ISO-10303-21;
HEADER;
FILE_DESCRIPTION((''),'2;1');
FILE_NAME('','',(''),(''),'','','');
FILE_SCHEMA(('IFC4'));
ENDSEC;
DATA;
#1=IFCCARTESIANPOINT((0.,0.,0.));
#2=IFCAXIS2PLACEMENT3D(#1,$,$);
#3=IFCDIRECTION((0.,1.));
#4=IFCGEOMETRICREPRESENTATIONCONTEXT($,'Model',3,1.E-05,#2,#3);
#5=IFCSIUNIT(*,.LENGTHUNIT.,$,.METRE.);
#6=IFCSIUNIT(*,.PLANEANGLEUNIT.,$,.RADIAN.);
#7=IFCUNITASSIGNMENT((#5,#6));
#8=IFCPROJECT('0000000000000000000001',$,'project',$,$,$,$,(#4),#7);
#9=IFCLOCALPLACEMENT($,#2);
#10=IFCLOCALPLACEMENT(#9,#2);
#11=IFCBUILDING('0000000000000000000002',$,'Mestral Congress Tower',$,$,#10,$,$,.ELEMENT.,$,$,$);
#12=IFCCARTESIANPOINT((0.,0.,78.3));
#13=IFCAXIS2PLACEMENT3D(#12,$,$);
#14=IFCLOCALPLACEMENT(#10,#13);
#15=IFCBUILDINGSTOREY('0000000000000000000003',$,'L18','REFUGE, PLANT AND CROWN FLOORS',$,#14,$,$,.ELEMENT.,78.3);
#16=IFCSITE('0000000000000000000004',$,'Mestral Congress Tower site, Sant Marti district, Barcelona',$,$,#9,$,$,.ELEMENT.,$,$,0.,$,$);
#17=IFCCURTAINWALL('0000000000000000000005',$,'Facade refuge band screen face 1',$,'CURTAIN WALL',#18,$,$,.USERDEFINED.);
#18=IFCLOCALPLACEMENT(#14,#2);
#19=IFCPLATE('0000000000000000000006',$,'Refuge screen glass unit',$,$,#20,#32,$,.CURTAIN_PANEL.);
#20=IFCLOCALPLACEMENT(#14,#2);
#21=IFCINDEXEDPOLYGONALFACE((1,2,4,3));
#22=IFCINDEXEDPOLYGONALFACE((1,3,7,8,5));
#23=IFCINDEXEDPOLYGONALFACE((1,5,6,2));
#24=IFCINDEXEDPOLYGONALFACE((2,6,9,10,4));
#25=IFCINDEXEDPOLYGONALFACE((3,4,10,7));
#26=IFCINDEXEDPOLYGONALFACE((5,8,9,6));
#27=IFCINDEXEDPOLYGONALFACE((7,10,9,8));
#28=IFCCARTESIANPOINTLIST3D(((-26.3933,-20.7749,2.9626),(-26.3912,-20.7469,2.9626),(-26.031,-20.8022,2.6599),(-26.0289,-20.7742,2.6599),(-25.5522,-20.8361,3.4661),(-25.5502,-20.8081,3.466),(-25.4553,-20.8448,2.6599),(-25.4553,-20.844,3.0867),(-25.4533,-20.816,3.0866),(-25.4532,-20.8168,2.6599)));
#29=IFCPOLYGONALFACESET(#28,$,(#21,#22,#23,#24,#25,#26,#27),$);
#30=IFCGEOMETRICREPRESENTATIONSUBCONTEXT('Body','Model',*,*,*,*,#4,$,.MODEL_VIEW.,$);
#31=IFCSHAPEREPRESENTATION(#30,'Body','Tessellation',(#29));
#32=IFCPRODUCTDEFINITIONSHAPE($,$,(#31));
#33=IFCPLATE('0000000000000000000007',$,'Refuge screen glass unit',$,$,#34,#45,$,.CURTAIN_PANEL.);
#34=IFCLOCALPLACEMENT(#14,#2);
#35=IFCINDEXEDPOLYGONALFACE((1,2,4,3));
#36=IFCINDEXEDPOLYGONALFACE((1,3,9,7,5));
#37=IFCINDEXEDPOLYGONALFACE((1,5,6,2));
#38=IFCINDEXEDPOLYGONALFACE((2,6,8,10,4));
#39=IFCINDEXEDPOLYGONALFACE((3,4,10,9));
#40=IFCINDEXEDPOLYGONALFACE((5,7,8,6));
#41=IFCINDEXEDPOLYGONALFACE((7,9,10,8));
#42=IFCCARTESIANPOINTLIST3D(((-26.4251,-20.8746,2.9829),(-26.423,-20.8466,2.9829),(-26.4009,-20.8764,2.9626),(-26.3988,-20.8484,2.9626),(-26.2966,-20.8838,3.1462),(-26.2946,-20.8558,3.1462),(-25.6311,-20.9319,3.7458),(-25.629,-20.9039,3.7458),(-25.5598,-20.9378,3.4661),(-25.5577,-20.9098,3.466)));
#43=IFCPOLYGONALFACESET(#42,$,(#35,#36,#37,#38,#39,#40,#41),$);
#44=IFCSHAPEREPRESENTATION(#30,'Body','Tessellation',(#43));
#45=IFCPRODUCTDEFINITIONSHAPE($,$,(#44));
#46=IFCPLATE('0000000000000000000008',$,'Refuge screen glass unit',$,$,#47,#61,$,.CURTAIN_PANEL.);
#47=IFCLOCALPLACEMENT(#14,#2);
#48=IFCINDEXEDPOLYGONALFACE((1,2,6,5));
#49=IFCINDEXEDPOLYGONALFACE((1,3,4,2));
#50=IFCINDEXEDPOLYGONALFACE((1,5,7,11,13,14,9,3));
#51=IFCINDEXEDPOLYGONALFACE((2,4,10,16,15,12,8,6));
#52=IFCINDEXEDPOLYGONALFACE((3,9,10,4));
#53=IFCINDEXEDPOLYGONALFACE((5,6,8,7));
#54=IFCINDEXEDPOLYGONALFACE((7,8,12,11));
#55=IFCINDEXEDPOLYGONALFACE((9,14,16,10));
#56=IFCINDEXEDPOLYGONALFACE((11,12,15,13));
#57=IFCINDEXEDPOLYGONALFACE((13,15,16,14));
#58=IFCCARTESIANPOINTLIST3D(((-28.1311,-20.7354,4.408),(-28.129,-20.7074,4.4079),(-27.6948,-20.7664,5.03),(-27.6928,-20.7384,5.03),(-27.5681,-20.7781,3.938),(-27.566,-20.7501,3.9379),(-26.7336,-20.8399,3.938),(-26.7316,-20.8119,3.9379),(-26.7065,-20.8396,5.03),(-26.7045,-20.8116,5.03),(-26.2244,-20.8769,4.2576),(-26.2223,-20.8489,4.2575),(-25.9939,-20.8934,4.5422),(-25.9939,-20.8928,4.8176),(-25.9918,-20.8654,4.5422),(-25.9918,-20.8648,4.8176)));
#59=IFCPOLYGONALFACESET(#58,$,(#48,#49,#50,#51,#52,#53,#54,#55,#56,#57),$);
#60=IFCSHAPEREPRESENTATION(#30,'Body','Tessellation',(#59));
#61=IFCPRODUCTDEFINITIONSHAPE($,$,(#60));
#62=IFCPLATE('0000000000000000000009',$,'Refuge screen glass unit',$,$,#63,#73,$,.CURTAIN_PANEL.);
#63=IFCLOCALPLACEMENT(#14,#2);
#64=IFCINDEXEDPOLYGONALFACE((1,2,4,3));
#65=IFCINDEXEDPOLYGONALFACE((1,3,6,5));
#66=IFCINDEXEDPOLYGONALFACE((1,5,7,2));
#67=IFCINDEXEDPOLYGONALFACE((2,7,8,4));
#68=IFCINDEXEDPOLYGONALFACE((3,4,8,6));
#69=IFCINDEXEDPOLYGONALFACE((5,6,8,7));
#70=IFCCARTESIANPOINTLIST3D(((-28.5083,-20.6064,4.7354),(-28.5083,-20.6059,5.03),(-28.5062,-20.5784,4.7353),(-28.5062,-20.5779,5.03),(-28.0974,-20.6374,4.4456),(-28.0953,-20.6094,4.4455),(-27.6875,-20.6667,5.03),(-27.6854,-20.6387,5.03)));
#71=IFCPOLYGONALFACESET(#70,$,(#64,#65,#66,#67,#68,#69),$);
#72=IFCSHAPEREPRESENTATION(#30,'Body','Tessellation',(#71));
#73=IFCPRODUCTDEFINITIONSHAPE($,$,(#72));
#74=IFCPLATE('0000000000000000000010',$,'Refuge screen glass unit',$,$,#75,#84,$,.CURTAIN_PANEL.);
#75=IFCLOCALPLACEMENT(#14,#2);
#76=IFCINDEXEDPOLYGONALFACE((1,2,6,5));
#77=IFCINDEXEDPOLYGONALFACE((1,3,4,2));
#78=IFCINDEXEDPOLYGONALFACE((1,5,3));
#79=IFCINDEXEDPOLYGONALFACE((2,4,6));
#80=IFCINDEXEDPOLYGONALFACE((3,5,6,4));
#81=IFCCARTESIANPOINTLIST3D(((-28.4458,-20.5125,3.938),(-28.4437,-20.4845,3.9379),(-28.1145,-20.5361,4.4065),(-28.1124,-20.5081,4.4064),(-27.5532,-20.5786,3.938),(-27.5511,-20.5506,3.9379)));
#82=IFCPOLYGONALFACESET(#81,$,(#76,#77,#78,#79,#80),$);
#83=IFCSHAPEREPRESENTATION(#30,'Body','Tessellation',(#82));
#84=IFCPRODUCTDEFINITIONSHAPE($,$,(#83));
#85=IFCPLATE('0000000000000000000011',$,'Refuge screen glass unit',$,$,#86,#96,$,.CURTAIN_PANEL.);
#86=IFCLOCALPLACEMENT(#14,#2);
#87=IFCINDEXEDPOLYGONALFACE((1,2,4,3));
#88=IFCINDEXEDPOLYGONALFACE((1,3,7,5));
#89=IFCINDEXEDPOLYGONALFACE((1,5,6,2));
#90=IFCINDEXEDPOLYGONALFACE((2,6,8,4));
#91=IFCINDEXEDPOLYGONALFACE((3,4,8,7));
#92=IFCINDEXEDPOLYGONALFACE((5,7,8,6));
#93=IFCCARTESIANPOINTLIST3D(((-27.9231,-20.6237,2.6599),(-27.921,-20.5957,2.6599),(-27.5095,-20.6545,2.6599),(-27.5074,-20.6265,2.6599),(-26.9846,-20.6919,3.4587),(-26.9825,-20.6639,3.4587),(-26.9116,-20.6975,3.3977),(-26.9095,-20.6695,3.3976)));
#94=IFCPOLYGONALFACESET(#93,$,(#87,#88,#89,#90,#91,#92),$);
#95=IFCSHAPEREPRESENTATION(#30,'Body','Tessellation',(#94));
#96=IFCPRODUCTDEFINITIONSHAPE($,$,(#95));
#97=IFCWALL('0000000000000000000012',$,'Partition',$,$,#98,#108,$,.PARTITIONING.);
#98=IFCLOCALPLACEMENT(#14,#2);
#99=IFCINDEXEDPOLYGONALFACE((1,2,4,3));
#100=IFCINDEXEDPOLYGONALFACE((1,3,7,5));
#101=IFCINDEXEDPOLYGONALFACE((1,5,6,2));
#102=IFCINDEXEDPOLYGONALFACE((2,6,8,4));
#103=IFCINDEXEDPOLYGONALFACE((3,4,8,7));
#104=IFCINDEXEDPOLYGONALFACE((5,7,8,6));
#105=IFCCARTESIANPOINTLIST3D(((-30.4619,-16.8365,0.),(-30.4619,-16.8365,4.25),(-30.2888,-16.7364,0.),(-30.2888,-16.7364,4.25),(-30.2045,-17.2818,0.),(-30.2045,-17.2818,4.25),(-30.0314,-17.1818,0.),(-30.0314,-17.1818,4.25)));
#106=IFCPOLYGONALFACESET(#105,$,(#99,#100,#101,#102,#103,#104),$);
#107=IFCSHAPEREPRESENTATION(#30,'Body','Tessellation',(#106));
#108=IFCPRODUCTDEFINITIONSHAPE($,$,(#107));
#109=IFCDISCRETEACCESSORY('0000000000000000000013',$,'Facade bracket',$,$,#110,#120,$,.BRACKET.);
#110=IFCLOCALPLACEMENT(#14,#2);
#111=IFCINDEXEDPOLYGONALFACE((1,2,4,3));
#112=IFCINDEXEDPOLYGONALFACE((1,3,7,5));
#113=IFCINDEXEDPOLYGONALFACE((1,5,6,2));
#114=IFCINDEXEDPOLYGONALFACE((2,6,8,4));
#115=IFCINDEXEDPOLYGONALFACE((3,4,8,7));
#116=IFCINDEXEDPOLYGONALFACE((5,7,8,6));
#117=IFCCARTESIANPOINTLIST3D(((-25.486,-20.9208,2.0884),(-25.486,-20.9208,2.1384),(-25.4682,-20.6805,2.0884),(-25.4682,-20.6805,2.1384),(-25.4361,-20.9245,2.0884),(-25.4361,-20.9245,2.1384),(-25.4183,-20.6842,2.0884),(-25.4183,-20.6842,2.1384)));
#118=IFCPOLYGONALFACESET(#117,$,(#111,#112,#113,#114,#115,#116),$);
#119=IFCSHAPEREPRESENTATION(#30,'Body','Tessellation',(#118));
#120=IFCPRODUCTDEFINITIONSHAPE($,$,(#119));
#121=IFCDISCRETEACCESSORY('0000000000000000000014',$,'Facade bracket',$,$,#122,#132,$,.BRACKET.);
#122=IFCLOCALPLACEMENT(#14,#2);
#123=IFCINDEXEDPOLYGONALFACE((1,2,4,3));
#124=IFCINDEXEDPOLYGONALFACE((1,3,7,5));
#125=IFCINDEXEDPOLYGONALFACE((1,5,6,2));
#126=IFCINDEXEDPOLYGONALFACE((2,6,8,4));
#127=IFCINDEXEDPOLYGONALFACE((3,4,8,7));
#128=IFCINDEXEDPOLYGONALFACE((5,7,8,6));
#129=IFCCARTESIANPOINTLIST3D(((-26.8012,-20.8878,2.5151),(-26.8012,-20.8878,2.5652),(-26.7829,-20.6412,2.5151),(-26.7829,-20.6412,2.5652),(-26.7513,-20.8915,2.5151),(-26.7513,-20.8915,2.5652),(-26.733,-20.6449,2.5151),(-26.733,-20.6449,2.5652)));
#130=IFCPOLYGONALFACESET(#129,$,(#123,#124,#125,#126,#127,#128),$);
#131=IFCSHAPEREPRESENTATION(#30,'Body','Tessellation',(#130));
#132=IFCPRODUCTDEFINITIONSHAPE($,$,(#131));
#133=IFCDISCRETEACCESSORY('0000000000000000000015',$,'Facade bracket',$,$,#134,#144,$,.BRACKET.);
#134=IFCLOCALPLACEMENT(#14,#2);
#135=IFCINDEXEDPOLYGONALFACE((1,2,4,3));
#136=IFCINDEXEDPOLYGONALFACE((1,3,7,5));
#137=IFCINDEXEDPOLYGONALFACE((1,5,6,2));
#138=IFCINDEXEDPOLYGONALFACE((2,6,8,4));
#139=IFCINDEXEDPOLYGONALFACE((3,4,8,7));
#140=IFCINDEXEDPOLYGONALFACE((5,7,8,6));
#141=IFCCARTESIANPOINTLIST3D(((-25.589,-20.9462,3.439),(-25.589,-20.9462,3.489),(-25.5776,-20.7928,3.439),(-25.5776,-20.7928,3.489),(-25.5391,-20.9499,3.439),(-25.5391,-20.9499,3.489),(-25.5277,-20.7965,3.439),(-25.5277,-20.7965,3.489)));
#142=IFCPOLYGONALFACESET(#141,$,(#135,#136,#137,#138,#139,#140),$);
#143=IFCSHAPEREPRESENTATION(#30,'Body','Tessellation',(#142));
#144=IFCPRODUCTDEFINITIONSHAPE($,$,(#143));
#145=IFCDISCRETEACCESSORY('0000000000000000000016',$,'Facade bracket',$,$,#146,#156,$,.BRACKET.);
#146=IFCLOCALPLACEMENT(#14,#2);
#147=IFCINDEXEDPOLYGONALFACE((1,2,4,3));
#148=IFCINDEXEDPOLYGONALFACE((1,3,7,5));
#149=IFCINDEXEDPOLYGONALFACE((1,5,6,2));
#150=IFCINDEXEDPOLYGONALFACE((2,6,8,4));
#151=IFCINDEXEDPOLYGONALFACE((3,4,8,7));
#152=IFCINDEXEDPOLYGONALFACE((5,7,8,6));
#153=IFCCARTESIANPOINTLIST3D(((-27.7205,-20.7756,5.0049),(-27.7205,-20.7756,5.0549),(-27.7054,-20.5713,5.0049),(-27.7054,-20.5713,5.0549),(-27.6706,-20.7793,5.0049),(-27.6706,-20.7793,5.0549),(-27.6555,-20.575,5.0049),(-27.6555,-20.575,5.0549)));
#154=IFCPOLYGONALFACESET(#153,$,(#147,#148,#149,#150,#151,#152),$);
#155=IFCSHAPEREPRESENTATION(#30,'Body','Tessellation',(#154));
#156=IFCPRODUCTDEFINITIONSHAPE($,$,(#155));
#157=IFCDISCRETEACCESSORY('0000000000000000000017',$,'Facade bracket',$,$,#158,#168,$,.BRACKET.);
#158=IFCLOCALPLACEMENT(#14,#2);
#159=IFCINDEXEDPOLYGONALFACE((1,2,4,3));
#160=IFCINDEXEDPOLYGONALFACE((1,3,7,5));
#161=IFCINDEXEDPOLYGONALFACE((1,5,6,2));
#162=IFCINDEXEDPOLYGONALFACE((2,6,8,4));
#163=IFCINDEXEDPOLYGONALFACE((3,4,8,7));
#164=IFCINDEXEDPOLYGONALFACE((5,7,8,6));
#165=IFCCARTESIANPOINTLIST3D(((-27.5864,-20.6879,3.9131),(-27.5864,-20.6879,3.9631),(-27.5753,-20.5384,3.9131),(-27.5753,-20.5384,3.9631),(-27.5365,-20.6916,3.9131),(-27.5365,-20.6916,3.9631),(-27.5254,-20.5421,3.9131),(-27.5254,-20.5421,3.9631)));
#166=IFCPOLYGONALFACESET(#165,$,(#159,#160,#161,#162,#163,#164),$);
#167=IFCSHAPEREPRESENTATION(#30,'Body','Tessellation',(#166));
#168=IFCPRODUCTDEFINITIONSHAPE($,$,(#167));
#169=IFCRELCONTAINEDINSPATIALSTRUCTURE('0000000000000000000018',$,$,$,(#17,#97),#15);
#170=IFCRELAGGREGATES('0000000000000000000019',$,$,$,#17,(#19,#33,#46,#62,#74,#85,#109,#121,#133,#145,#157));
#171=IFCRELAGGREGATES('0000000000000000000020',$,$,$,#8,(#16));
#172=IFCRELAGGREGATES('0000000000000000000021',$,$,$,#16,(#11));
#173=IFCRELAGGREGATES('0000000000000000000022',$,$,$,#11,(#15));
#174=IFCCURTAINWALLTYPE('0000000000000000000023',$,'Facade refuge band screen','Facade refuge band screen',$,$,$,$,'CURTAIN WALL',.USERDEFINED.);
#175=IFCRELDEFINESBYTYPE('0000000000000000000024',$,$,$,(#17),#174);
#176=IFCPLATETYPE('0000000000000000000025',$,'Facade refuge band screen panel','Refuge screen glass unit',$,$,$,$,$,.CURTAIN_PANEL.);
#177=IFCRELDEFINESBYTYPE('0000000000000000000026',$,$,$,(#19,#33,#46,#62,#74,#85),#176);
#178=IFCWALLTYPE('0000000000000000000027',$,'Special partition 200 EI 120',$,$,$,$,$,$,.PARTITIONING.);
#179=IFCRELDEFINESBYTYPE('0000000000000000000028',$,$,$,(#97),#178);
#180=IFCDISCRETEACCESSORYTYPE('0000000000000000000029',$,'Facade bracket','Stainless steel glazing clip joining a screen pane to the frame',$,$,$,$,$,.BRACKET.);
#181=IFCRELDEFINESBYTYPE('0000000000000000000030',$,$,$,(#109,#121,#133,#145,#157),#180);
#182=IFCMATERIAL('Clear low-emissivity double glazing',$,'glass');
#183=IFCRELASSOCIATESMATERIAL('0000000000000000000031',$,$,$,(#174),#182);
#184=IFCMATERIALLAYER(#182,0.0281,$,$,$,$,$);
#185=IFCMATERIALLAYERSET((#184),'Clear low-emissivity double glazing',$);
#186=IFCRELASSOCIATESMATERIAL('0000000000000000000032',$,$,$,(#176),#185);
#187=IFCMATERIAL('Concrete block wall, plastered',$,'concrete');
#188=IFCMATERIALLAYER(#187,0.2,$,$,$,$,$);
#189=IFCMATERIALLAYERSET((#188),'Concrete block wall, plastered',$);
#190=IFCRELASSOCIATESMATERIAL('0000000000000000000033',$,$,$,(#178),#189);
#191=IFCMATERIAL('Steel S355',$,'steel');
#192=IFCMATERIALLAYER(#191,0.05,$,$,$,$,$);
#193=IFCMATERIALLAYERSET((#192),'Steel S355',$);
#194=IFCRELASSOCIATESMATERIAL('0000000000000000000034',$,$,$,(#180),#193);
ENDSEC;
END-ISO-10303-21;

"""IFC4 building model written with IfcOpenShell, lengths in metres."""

from ifc_helpers import new_model, si_unit, direction, frame, frame_2d, origin, origin_2d, place, context, subcontext, project, spatial, polyline, rectangle, outline, extrude, material, layer, layer_set, type_object, element, aggregate, save


model = new_model("IFC4")

# Units and contexts
model_context = context("Model", 3, precision=1e-05, world=origin(), true_north=direction((0.0, 1.0)))
body_context = subcontext(model_context, "Body", "Model", "MODEL_VIEW")
ifc_project = project(units=[si_unit("LENGTHUNIT", "METRE"), si_unit("PLANEANGLEUNIT", "RADIAN")], contexts=[model_context])

# Site, building, storey
site_placement = place(None, origin())
site = spatial("IfcSite", under=ifc_project, at=site_placement, Name="Mestral Congress Tower site, Sant Marti district, Barcelona", CompositionType="ELEMENT", RefElevation=0.0)
building_placement = place(site_placement, origin())
building = spatial("IfcBuilding", under=site, at=building_placement, Name="Mestral Congress Tower", CompositionType="ELEMENT")
storey_placement = place(building_placement, frame((0.0, 0.0, 78.3)))
storey = spatial("IfcBuildingStorey", under=building, at=storey_placement, Name="L18", Description="REFUGE, PLANT AND CROWN FLOORS", CompositionType="ELEMENT", Elevation=78.3)

# Shared definitions
ifc_material_1 = material(Name="Steel S355", Category="steel")

# Shared definitions
ifc_material_2 = material(Name="Clear low-emissivity double glazing", Category="glass")
curtain_wall_type = type_object("IfcCurtainWallType", Name="Facade refuge band screen", Description="Facade refuge band screen", ElementType="CURTAIN WALL", PredefinedType="USERDEFINED", material=ifc_material_2)
placement = place(storey_placement, origin())

# Curtain wall
curtain_wall_1 = element("IfcCurtainWall", 1, at=placement, inside=storey, type_object=curtain_wall_type, Name="Facade refuge band screen face 1", ObjectType="CURTAIN WALL", PredefinedType="USERDEFINED")

# Plates
ifc_layer_1 = layer(ifc_material_2, 0.0281)
ifc_layer_set_1 = layer_set([ifc_layer_1], Name="Clear low-emissivity double glazing")
plate_type_1 = type_object("IfcPlateType", Name="Facade refuge band screen panel", Description="Refuge screen glass unit", PredefinedType="CURTAIN_PANEL", material=ifc_layer_set_1)
plate_1_placement = place(storey_placement, frame((-26.031, -20.8022, 2.6599), z_axis=(-0.073778, -0.997273, 0.001915), x_axis=(-0.766083, 0.057903, 0.640128)))
plate_1 = element("IfcPlate", 2, at=plate_1_placement, type_object=plate_type_1, Name="Refuge screen glass unit", PredefinedType="CURTAIN_PANEL", context=body_context, shape_type="SweptSolid", body=[
    extrude(outline(polyline([(0.0, 0.0), (0.4729, 0.0), (0.1473, -0.9266), (-0.1703, -0.6973), (-0.4435, -0.3695), (0.0, 0.0)])), origin(), (0.0, 0.0, -1.0), 0.0281),
])
plate_2_placement = place(storey_placement, frame((-26.2966, -20.8838, 3.1462), z_axis=(-0.074004, -0.997256, 0.002144), x_axis=(0.741873, -0.053615, 0.668393)))
plate_2 = element("IfcPlate", 3, at=plate_2_placement, type_object=plate_type_1, Name="Refuge screen glass unit", PredefinedType="CURTAIN_PANEL", context=body_context, shape_type="SweptSolid", body=[
    extrude(outline(polyline([(0.0, 0.0), (0.8971, 0.0), (0.7633, -0.2559), (-0.2004, -0.0667), (-0.2049, -0.0354), (0.0, 0.0)])), origin(), (0.0, 0.0, -1.0), 0.0281),
])
plate_3_placement = place(storey_placement, frame((-25.9939, -20.8928, 4.8176), z_axis=(-0.073868, -0.997266, 0.002092), x_axis=(-0.000024, -0.002096, -0.999998)))
plate_3 = element("IfcPlate", 4, at=plate_3_placement, type_object=plate_type_1, Name="Refuge screen glass unit", PredefinedType="CURTAIN_PANEL", context=body_context, shape_type="SweptSolid", body=[
    extrude(outline(polyline([(0.0, 0.0), (0.2754, 0.0), (0.56, -0.2311), (0.8795, -0.7418), (0.8794, -1.5785), (0.4094, -2.1431), (-0.2126, -1.7056), (-0.2125, -0.7146), (0.0, 0.0)])), origin(), (0.0, 0.0, -1.0), 0.0281),
])
plate_4_placement = place(storey_placement, frame((-28.5083, -20.6064, 4.7354), z_axis=(-0.073906, -0.997264, 0.001781), x_axis=(0.000009, 0.001785, 0.999998)))
plate_4 = element("IfcPlate", 5, at=plate_4_placement, type_object=plate_type_1, Name="Refuge screen glass unit", PredefinedType="CURTAIN_PANEL", context=body_context, shape_type="SweptSolid", body=[
    extrude(outline(polyline([(0.0, 0.0), (0.2947, 0.0), (0.2946, -0.823), (-0.2898, -0.412), (0.0, 0.0)])), origin(), (0.0, 0.0, -1.0), 0.0281),
])
plate_5_placement = place(storey_placement, frame((-27.5532, -20.5786, 3.938), z_axis=(-0.073922, -0.997262, 0.001864), x_axis=(-0.997264, 0.073922, 0.0)))
plate_5 = element("IfcPlate", 6, at=plate_5_placement, type_object=plate_type_1, Name="Refuge screen glass unit", PredefinedType="CURTAIN_PANEL", context=body_context, shape_type="SweptSolid", body=[
    extrude(outline(polyline([(0.0, 0.0), (0.895, 0.0), (0.5629, -0.4685), (0.0, 0.0)])), origin(), (0.0, 0.0, -1.0), 0.0281),
])
plate_6_placement = place(storey_placement, frame((-26.9846, -20.6919, 3.4587), z_axis=(-0.074282, -0.997235, 0.002179), x_axis=(0.765871, -0.058447, -0.640332)))
plate_6 = element("IfcPlate", 7, at=plate_6_placement, type_object=plate_type_1, Name="Refuge screen glass unit", PredefinedType="CURTAIN_PANEL", context=body_context, shape_type="SweptSolid", body=[
    extrude(outline(polyline([(0.0, 0.0), (0.0953, 0.0), (0.1073, -0.9505), (-0.2112, -1.2161), (0.0, 0.0)])), origin(), (0.0, 0.0, -1.0), 0.0281),
])

# Wall
ifc_material_3 = material(Name="Concrete block wall, plastered", Category="concrete")
ifc_layer_2 = layer(ifc_material_3, 0.2)
ifc_layer_set_2 = layer_set([ifc_layer_2], Name="Concrete block wall, plastered")
wall_type = type_object("IfcWallType", Name="Special partition 200 EI 120", PredefinedType="PARTITIONING", material=ifc_layer_set_2)
wall_placement = place(storey_placement, frame((-30.1179, -17.2319, 0.0), z_axis=(0.0, 0.0, 1.0), x_axis=(-0.500325, 0.865838, 0.0)))
element("IfcWall", 8, at=wall_placement, inside=storey, type_object=wall_type, Name="Partition", PredefinedType="PARTITIONING", context=body_context, shape_type="SweptSolid", body=[
    extrude(rectangle(XDim=0.5144, YDim=0.2, at=frame_2d((0.2573, 0.0))), origin(), (0.0, 0.0, 1.0), 4.25),
])

# Discrete accessories
ifc_layer_3 = layer(ifc_material_1, 0.05)
ifc_layer_set_3 = layer_set([ifc_layer_3], Name="Steel S355")
discrete_accessory_type = type_object("IfcDiscreteAccessoryType", Name="Facade bracket", Description="Stainless steel glazing clip joining a screen pane to the frame", PredefinedType="BRACKET", material=ifc_layer_set_3)
discrete_accessory_1_placement = place(storey_placement, frame((-25.4521, -20.8025, 2.0884), z_axis=(0.0, 0.0, 1.0), x_axis=(0.997266, -0.073896, 0.0)))
discrete_accessory_1 = element("IfcDiscreteAccessory", 9, at=discrete_accessory_1_placement, type_object=discrete_accessory_type, Name="Facade bracket", PredefinedType="BRACKET", context=body_context, shape_type="SweptSolid", body=[
    extrude(rectangle(XDim=0.05, YDim=0.241, at=origin_2d()), origin(), (0.0, 0.0, 1.0), 0.05),
])
discrete_accessory_2_placement = place(storey_placement, frame((-26.7671, -20.7664, 2.5151), z_axis=(0.0, 0.0, 1.0), x_axis=(0.997271, -0.073823, 0.0)))
discrete_accessory_2 = element("IfcDiscreteAccessory", 10, at=discrete_accessory_2_placement, type_object=discrete_accessory_type, Name="Facade bracket", PredefinedType="BRACKET", context=body_context, shape_type="SweptSolid", body=[
    extrude(rectangle(XDim=0.05, YDim=0.2473, at=origin_2d()), origin(), (0.0, 0.0, 1.0), 0.05),
])
discrete_accessory_3_placement = place(storey_placement, frame((-25.5583, -20.8713, 3.439), z_axis=(0.0, 0.0, 1.0), x_axis=(0.997255, -0.074048, 0.0)))
discrete_accessory_3 = element("IfcDiscreteAccessory", 11, at=discrete_accessory_3_placement, type_object=discrete_accessory_type, Name="Facade bracket", PredefinedType="BRACKET", context=body_context, shape_type="SweptSolid", body=[
    extrude(rectangle(XDim=0.05, YDim=0.1538, at=origin_2d()), origin(), (0.0, 0.0, 1.0), 0.05),
])
discrete_accessory_4_placement = place(storey_placement, frame((-27.688, -20.6753, 5.0049), z_axis=(0.0, 0.0, 1.0), x_axis=(0.997267, -0.073886, 0.0)))
discrete_accessory_4 = element("IfcDiscreteAccessory", 12, at=discrete_accessory_4_placement, type_object=discrete_accessory_type, Name="Facade bracket", PredefinedType="BRACKET", context=body_context, shape_type="SweptSolid", body=[
    extrude(rectangle(XDim=0.05, YDim=0.2048, at=origin_2d()), origin(), (0.0, 0.0, 1.0), 0.05),
])
discrete_accessory_5_placement = place(storey_placement, frame((-27.5559, -20.615, 3.9131), z_axis=(0.0, 0.0, 1.0), x_axis=(0.997269, -0.073851, 0.0)))
discrete_accessory_5 = element("IfcDiscreteAccessory", 13, at=discrete_accessory_5_placement, type_object=discrete_accessory_type, Name="Facade bracket", PredefinedType="BRACKET", context=body_context, shape_type="SweptSolid", body=[
    extrude(rectangle(XDim=0.05, YDim=0.1499, at=origin_2d()), origin(), (0.0, 0.0, 1.0), 0.05),
])
aggregate(curtain_wall_1, [plate_1, plate_2, plate_3, plate_4, plate_5, plate_6, discrete_accessory_1, discrete_accessory_2, discrete_accessory_3, discrete_accessory_4, discrete_accessory_5])

save(model, "model.ifc")
